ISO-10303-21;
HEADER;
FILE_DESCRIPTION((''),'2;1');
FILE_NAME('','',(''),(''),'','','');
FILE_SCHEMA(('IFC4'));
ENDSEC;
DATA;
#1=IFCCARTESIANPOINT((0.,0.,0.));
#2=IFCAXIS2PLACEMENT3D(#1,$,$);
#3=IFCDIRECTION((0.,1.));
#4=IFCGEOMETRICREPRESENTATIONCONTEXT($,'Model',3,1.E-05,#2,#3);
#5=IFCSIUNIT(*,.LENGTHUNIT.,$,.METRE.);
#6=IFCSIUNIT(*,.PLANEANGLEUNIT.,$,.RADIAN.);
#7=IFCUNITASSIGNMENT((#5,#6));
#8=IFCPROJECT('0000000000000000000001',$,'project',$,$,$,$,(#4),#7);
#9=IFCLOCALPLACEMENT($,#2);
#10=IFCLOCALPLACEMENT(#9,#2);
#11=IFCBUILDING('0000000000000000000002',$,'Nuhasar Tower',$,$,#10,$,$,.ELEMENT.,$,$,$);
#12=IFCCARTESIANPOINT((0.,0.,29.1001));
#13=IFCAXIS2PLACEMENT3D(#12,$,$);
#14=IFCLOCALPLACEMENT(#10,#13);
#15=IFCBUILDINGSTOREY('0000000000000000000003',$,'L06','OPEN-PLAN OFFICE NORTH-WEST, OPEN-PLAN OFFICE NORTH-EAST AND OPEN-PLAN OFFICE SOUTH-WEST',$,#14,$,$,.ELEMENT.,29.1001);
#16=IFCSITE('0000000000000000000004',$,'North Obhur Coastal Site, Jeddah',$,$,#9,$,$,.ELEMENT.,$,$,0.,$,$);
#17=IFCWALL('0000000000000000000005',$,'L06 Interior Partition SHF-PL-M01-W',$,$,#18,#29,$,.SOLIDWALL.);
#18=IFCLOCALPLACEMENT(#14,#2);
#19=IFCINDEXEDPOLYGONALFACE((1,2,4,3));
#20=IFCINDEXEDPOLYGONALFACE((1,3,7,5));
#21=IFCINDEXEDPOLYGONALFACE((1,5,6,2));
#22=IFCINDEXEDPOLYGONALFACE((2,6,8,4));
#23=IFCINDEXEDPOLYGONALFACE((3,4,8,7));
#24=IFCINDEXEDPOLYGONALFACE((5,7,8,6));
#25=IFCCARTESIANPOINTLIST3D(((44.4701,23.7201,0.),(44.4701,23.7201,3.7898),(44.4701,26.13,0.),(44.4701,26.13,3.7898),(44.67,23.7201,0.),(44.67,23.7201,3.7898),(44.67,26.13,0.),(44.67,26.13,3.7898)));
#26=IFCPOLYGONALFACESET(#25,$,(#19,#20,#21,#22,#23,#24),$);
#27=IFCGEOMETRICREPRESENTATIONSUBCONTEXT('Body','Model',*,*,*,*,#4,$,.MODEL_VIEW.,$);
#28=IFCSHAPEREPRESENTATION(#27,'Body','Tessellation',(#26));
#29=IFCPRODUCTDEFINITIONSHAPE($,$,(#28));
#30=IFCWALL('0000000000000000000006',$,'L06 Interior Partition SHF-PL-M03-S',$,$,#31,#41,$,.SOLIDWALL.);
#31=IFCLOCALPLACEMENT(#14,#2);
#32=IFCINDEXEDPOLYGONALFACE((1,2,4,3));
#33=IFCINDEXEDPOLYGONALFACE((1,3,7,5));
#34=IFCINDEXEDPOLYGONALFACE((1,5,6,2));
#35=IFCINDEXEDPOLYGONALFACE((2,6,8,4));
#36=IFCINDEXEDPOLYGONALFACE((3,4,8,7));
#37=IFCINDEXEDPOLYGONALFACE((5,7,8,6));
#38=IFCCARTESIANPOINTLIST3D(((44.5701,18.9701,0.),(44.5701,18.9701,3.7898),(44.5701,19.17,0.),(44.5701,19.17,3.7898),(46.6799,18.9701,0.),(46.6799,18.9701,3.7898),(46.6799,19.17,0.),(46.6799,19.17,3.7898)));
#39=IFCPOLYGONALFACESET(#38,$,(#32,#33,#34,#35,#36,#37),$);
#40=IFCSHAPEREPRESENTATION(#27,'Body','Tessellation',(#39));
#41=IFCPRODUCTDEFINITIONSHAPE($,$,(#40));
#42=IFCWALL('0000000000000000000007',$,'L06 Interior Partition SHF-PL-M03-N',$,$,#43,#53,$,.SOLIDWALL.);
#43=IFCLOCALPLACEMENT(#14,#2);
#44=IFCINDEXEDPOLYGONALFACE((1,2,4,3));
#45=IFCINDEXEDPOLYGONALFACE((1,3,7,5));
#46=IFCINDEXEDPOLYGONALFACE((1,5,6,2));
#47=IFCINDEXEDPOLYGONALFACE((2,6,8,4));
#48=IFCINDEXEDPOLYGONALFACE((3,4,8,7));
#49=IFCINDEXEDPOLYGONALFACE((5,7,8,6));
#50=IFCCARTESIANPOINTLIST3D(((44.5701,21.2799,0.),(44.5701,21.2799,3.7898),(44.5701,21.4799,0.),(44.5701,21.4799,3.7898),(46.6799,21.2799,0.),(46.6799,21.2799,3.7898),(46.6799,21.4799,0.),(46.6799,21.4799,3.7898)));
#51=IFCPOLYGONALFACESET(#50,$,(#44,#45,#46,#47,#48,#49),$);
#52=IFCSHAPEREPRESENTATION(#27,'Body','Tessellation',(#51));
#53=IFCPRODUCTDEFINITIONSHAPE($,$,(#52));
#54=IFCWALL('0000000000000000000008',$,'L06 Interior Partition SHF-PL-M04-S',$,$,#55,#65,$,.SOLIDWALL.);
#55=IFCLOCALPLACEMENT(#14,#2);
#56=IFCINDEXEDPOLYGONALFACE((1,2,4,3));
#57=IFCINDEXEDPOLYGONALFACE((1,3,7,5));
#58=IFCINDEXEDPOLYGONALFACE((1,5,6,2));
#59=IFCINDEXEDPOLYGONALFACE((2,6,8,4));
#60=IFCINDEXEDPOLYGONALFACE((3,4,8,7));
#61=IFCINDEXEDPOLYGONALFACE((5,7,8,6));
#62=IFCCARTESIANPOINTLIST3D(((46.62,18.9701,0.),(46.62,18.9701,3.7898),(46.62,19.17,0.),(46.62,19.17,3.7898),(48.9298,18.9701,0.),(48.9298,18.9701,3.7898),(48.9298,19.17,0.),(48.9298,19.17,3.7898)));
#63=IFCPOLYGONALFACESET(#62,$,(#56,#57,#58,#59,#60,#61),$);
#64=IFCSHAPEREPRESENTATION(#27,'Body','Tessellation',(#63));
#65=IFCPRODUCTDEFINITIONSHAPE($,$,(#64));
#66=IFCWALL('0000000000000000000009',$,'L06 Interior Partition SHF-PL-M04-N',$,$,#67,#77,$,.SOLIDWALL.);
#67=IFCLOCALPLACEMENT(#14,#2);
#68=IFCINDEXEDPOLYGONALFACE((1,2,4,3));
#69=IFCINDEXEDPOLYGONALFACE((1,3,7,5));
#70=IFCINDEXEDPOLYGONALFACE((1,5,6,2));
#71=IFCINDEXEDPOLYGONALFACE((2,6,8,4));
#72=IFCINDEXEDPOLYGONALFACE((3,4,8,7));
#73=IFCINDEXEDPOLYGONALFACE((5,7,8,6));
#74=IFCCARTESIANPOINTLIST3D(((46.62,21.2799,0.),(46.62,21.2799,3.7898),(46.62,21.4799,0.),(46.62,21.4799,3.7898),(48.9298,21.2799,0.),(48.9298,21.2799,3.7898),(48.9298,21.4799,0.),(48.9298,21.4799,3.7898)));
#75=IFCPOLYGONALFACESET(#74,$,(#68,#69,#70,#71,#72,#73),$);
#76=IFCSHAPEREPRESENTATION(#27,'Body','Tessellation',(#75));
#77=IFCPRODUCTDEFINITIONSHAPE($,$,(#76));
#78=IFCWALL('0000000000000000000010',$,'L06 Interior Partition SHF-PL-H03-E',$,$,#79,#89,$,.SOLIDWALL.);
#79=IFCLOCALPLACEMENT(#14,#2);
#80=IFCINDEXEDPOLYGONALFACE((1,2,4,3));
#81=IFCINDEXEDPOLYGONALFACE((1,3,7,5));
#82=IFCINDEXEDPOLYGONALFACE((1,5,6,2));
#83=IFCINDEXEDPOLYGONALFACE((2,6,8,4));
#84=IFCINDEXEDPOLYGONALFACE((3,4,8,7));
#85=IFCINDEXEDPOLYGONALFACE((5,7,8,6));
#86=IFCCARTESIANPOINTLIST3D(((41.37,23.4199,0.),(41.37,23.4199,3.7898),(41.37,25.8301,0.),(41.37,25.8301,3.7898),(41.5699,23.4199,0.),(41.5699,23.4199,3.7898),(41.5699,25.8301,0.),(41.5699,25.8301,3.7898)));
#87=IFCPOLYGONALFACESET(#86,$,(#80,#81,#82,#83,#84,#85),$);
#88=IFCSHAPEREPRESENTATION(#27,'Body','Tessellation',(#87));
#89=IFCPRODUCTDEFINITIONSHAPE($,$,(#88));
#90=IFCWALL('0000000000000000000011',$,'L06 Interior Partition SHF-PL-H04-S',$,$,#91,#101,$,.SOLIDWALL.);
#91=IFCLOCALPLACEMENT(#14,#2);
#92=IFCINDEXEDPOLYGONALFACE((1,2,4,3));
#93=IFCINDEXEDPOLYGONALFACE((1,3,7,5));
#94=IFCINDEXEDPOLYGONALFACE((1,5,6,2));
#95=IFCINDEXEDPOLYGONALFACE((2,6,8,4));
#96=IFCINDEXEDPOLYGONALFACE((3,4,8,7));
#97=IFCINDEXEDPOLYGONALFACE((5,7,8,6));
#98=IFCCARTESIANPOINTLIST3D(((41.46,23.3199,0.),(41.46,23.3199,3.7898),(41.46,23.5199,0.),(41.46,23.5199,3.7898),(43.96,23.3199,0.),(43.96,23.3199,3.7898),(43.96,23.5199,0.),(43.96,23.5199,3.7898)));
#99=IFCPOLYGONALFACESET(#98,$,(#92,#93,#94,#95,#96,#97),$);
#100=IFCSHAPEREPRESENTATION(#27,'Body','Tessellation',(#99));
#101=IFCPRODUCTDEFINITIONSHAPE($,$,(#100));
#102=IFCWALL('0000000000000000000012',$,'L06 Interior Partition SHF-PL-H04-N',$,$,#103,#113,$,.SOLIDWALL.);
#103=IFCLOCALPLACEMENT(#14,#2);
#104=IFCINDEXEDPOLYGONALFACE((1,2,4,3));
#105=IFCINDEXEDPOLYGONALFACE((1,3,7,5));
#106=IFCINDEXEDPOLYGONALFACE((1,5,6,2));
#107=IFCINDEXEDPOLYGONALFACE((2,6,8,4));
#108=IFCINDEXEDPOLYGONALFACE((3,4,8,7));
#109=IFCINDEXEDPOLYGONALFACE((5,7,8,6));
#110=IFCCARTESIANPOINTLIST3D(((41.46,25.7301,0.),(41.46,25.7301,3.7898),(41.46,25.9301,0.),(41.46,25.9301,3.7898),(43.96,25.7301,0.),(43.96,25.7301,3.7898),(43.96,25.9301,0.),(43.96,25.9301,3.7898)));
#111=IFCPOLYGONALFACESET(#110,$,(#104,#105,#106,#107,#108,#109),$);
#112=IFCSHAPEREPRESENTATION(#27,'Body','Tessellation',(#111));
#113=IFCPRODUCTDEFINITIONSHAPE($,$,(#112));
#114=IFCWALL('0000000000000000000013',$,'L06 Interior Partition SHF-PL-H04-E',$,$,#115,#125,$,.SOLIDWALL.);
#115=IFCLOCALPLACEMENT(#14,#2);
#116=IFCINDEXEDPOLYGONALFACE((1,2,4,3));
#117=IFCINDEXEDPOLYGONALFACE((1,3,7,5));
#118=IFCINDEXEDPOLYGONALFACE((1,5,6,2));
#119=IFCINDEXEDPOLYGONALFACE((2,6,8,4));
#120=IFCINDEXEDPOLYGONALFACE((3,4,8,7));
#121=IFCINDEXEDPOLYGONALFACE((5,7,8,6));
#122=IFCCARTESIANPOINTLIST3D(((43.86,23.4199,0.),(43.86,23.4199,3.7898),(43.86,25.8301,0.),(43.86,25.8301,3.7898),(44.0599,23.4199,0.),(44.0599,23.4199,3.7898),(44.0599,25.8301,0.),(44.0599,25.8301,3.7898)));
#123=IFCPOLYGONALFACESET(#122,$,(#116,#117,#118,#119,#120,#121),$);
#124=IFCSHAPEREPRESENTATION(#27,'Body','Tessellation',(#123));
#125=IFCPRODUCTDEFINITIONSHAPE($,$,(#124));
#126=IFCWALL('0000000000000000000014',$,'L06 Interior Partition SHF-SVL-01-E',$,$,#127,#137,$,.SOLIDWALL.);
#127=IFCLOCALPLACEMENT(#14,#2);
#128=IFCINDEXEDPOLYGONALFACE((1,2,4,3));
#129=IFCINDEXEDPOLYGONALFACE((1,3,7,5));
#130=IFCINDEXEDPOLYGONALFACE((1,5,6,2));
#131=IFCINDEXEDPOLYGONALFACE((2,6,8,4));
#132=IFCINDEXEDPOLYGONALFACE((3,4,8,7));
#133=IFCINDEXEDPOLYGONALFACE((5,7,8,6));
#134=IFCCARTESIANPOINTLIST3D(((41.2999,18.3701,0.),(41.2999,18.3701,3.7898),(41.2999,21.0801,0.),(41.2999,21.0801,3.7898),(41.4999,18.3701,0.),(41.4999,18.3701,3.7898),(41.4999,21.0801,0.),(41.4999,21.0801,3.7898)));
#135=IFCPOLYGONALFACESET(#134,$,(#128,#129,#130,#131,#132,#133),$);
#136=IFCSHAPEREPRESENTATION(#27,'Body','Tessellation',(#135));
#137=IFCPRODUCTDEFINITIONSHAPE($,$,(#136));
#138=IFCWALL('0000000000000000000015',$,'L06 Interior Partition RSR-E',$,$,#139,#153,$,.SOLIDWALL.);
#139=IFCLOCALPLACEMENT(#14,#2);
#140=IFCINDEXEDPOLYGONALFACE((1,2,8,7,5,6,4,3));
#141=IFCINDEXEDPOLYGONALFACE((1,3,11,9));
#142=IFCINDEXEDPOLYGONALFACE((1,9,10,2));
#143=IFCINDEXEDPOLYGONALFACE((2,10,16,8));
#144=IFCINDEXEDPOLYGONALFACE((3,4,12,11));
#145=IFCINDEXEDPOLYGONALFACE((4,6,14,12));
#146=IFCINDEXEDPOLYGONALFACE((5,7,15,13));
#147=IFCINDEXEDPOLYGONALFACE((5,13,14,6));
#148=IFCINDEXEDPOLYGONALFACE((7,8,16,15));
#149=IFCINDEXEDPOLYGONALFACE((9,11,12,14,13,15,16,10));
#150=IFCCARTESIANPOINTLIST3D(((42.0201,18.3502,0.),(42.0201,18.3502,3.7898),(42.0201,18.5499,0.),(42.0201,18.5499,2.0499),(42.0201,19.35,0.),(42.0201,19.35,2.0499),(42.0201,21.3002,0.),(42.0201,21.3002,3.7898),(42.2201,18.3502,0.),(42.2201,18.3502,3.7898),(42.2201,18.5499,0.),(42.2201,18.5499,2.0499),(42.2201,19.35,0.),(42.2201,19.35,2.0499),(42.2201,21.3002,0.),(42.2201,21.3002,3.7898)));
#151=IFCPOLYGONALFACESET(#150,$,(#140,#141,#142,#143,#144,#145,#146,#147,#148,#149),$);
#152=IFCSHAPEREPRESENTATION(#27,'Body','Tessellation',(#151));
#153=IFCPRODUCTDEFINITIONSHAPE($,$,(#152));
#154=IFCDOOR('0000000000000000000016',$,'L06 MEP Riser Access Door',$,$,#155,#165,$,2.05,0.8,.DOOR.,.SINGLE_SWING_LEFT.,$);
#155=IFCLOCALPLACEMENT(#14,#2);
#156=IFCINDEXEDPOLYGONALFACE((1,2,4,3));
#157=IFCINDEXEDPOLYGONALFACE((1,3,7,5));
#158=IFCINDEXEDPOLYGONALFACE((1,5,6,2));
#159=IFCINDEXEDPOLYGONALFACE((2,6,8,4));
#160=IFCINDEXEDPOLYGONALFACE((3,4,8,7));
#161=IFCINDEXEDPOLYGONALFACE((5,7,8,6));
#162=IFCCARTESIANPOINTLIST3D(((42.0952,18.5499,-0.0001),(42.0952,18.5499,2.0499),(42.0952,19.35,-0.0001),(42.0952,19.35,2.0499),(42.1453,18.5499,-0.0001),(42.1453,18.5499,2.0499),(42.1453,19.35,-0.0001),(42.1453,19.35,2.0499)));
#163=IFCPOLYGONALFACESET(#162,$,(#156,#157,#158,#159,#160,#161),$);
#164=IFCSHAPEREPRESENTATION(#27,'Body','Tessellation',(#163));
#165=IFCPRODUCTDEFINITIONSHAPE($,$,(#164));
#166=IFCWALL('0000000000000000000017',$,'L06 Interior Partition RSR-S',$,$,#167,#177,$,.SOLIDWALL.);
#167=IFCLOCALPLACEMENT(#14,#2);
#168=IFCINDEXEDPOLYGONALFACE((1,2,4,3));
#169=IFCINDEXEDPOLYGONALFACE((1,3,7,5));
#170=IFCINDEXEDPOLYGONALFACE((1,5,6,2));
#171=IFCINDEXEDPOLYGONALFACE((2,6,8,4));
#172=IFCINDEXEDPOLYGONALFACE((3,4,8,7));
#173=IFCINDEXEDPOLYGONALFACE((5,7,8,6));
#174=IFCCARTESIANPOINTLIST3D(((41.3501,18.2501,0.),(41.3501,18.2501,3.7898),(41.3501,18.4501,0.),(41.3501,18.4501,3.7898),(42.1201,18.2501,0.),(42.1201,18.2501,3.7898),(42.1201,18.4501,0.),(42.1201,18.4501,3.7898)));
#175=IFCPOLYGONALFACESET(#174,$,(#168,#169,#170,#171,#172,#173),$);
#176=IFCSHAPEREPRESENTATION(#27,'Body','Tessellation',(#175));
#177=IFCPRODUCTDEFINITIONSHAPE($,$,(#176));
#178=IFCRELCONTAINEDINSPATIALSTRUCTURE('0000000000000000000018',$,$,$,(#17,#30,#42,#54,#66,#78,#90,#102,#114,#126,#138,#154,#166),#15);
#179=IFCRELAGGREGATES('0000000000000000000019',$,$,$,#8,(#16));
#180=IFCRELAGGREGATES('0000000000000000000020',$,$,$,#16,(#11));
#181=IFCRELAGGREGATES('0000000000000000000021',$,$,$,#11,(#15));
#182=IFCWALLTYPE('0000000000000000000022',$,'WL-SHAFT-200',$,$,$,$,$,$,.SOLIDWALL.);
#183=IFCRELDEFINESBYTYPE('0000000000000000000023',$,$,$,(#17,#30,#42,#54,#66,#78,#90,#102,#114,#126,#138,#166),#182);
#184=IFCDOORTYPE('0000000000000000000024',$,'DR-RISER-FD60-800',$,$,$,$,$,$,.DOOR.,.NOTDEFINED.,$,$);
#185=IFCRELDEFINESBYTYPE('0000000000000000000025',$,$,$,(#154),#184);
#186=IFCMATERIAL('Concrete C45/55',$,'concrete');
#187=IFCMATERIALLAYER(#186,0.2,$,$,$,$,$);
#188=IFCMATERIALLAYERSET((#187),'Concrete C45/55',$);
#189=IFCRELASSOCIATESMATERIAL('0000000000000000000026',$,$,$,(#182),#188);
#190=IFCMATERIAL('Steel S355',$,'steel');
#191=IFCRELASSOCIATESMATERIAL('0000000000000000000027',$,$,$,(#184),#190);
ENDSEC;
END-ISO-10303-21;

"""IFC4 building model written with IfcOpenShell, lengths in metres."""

from ifc_helpers import new_model, si_unit, direction, frame, frame_2d, origin, place, context, subcontext, project, spatial, rectangle, extrude, material, layer, layer_set, type_object, element, fill, save


model = new_model("IFC4")

# Units and contexts
model_context = context("Model", 3, precision=1e-05, world=origin(), true_north=direction((0.0, 1.0)))
body_context = subcontext(model_context, "Body", "Model", "MODEL_VIEW")
ifc_project = project(units=[si_unit("LENGTHUNIT", "METRE"), si_unit("PLANEANGLEUNIT", "RADIAN")], contexts=[model_context])

# Site, building, storey
site_placement = place(None, origin())
site = spatial("IfcSite", under=ifc_project, at=site_placement, Name="North Obhur Coastal Site, Jeddah", CompositionType="ELEMENT", RefElevation=0.0)
building_placement = place(site_placement, origin())
building = spatial("IfcBuilding", under=site, at=building_placement, Name="Nuhasar Tower", CompositionType="ELEMENT")
storey_placement = place(building_placement, frame((0.0, 0.0, 29.1001)))
storey = spatial("IfcBuildingStorey", under=building, at=storey_placement, Name="L06", Description="OPEN-PLAN OFFICE NORTH-WEST, OPEN-PLAN OFFICE NORTH-EAST AND OPEN-PLAN OFFICE SOUTH-WEST", CompositionType="ELEMENT", Elevation=29.1001)

# Shared definitions
ifc_material_1 = material(Name="Steel S355", Category="steel")

# Shared definitions
ifc_material_2 = material(Name="Concrete C45/55", Category="concrete")

# Walls
ifc_layer_1 = layer(ifc_material_2, 0.2)
ifc_layer_set_1 = layer_set([ifc_layer_1], Name="Concrete C45/55")
wall_type_1 = type_object("IfcWallType", Name="WL-SHAFT-200", PredefinedType="SOLIDWALL", material=ifc_layer_set_1)
wall_1_placement = place(storey_placement, frame((44.5701, 23.72, 0.0), z_axis=(0.0, 0.0, 1.0), x_axis=(0.0, 1.0, 0.0)))
element("IfcWall", 1, at=wall_1_placement, inside=storey, type_object=wall_type_1, Name="L06 Interior Partition SHF-PL-M01-W", PredefinedType="SOLIDWALL", context=body_context, shape_type="SweptSolid", body=[
    extrude(rectangle(XDim=2.4099, YDim=0.2, at=frame_2d((1.2051, 0.0))), origin(), (0.0, 0.0, 1.0), 3.7898),
])
for number, where, z_axis, x_axis, name in (
    (2, (44.5701, 19.0701, 0.0), (0.0, 0.0, 1.0), (1.0, 0.0, 0.0), "L06 Interior Partition SHF-PL-M03-S"),
    (3, (44.5701, 21.3799, 0.0), (0.0, 0.0, 1.0), (1.0, 0.0, 0.0), "L06 Interior Partition SHF-PL-M03-N"),
):
    element("IfcWall", number, at=place(storey_placement, frame(where, z_axis=z_axis, x_axis=x_axis)), inside=storey, type_object=wall_type_1, Name=name, PredefinedType="SOLIDWALL", context=body_context, shape_type="SweptSolid", body=[
        extrude(rectangle(XDim=2.1099, YDim=0.2, at=frame_2d((1.0549, 0.0))), origin(), (0.0, 0.0, 1.0), 3.7898),
    ])
for number, where, z_axis, x_axis, name in (
    (4, (46.6201, 19.0701, 0.0), (0.0, 0.0, 1.0), (1.0, 0.0, 0.0), "L06 Interior Partition SHF-PL-M04-S"),
    (5, (46.6201, 21.3799, 0.0), (0.0, 0.0, 1.0), (1.0, 0.0, 0.0), "L06 Interior Partition SHF-PL-M04-N"),
):
    element("IfcWall", number, at=place(storey_placement, frame(where, z_axis=z_axis, x_axis=x_axis)), inside=storey, type_object=wall_type_1, Name=name, PredefinedType="SOLIDWALL", context=body_context, shape_type="SweptSolid", body=[
        extrude(rectangle(XDim=2.3098, YDim=0.2, at=frame_2d((1.1548, 0.0))), origin(), (0.0, 0.0, 1.0), 3.7898),
    ])
wall_2_placement = place(storey_placement, frame((41.47, 23.4199, 0.0), z_axis=(0.0, 0.0, 1.0), x_axis=(0.0, 1.0, 0.0)))
element("IfcWall", 6, at=wall_2_placement, inside=storey, type_object=wall_type_1, Name="L06 Interior Partition SHF-PL-H03-E", PredefinedType="SOLIDWALL", context=body_context, shape_type="SweptSolid", body=[
    extrude(rectangle(XDim=2.4102, YDim=0.2, at=frame_2d((1.2051, 0.0))), origin(), (0.0, 0.0, 1.0), 3.7898),
])
for number, where, z_axis, x_axis, name in (
    (7, (41.46, 23.4199, 0.0), (0.0, 0.0, 1.0), (1.0, 0.0, 0.0), "L06 Interior Partition SHF-PL-H04-S"),
    (8, (41.46, 25.8301, 0.0), (0.0, 0.0, 1.0), (1.0, 0.0, 0.0), "L06 Interior Partition SHF-PL-H04-N"),
):
    element("IfcWall", number, at=place(storey_placement, frame(where, z_axis=z_axis, x_axis=x_axis)), inside=storey, type_object=wall_type_1, Name=name, PredefinedType="SOLIDWALL", context=body_context, shape_type="SweptSolid", body=[
        extrude(rectangle(XDim=2.5, YDim=0.2, at=frame_2d((1.25, 0.0))), origin(), (0.0, 0.0, 1.0), 3.7898),
    ])
wall_3_placement = place(storey_placement, frame((43.96, 23.4199, 0.0), z_axis=(0.0, 0.0, 1.0), x_axis=(0.0, 1.0, 0.0)))
element("IfcWall", 9, at=wall_3_placement, inside=storey, type_object=wall_type_1, Name="L06 Interior Partition SHF-PL-H04-E", PredefinedType="SOLIDWALL", context=body_context, shape_type="SweptSolid", body=[
    extrude(rectangle(XDim=2.4102, YDim=0.2, at=frame_2d((1.2051, 0.0))), origin(), (0.0, 0.0, 1.0), 3.7898),
])
wall_4_placement = place(storey_placement, frame((41.3999, 18.3701, 0.0), z_axis=(0.0, 0.0, 1.0), x_axis=(0.0, 1.0, 0.0)))
element("IfcWall", 10, at=wall_4_placement, inside=storey, type_object=wall_type_1, Name="L06 Interior Partition SHF-SVL-01-E", PredefinedType="SOLIDWALL", context=body_context, shape_type="SweptSolid", body=[
    extrude(rectangle(XDim=2.71, YDim=0.2, at=frame_2d((1.355, 0.0))), origin(), (0.0, 0.0, 1.0), 3.7898),
])

# Wall, opening, door
wall_5_placement = place(storey_placement, frame((42.1201, 18.3501, 0.0), z_axis=(0.0, 0.0, 1.0), x_axis=(0.0, 1.0, 0.0)))
wall_5 = element("IfcWall", 11, at=wall_5_placement, inside=storey, type_object=wall_type_1, Name="L06 Interior Partition RSR-E", PredefinedType="SOLIDWALL", context=body_context, shape_type="SweptSolid", body=[
    extrude(rectangle(XDim=2.95, YDim=0.2, at=frame_2d((1.4751, 0.0))), origin(), (0.0, 0.0, 1.0), 3.7898),
])
opening_1_placement = place(wall_5_placement, frame((0.2, 0.0, 0.0)))
opening_1 = element("IfcOpeningElement", 12, at=opening_1_placement, cuts=wall_5, PredefinedType="OPENING", context=body_context, shape_type="SweptSolid", body=[
    extrude(rectangle(XDim=0.8, YDim=2.05, at=frame_2d((0.3999, 1.0249))), frame((0.0, 0.1099, 0.0), z_axis=(0.0, -1.0, 0.0), x_axis=(1.0, 0.0, 0.0)), (0.0, 0.0, 1.0), 0.22),
])
door_type_1 = type_object("IfcDoorType", Name="DR-RISER-FD60-800", OperationType="NOTDEFINED", PredefinedType="DOOR", material=ifc_material_1)
door_1_placement = place(opening_1_placement, origin())
door_1 = element("IfcDoor", 13, at=door_1_placement, inside=storey, type_object=door_type_1, Name="L06 MEP Riser Access Door", OperationType="SINGLE_SWING_LEFT", OverallHeight=2.05, OverallWidth=0.8, PredefinedType="DOOR", context=body_context, shape_type="SweptSolid", body=[
    extrude(rectangle(XDim=0.8, YDim=2.05, at=frame_2d((0.3999, 1.0249))), frame((0.0, 0.0249, 0.0), z_axis=(0.0, -1.0, 0.0), x_axis=(1.0, 0.0, 0.0)), (0.0, 0.0, 1.0), 0.05),
])
fill(opening_1, door_1)

# Wall
wall_6_placement = place(storey_placement, frame((41.3501, 18.3501, 0.0), z_axis=(0.0, 0.0, 1.0), x_axis=(1.0, 0.0, 0.0)))
element("IfcWall", 14, at=wall_6_placement, inside=storey, type_object=wall_type_1, Name="L06 Interior Partition RSR-S", PredefinedType="SOLIDWALL", context=body_context, shape_type="SweptSolid", body=[
    extrude(rectangle(XDim=0.77, YDim=0.2, at=frame_2d((0.385, 0.0))), origin(), (0.0, 0.0, 1.0), 3.7898),
])

save(model, "model.ifc")
